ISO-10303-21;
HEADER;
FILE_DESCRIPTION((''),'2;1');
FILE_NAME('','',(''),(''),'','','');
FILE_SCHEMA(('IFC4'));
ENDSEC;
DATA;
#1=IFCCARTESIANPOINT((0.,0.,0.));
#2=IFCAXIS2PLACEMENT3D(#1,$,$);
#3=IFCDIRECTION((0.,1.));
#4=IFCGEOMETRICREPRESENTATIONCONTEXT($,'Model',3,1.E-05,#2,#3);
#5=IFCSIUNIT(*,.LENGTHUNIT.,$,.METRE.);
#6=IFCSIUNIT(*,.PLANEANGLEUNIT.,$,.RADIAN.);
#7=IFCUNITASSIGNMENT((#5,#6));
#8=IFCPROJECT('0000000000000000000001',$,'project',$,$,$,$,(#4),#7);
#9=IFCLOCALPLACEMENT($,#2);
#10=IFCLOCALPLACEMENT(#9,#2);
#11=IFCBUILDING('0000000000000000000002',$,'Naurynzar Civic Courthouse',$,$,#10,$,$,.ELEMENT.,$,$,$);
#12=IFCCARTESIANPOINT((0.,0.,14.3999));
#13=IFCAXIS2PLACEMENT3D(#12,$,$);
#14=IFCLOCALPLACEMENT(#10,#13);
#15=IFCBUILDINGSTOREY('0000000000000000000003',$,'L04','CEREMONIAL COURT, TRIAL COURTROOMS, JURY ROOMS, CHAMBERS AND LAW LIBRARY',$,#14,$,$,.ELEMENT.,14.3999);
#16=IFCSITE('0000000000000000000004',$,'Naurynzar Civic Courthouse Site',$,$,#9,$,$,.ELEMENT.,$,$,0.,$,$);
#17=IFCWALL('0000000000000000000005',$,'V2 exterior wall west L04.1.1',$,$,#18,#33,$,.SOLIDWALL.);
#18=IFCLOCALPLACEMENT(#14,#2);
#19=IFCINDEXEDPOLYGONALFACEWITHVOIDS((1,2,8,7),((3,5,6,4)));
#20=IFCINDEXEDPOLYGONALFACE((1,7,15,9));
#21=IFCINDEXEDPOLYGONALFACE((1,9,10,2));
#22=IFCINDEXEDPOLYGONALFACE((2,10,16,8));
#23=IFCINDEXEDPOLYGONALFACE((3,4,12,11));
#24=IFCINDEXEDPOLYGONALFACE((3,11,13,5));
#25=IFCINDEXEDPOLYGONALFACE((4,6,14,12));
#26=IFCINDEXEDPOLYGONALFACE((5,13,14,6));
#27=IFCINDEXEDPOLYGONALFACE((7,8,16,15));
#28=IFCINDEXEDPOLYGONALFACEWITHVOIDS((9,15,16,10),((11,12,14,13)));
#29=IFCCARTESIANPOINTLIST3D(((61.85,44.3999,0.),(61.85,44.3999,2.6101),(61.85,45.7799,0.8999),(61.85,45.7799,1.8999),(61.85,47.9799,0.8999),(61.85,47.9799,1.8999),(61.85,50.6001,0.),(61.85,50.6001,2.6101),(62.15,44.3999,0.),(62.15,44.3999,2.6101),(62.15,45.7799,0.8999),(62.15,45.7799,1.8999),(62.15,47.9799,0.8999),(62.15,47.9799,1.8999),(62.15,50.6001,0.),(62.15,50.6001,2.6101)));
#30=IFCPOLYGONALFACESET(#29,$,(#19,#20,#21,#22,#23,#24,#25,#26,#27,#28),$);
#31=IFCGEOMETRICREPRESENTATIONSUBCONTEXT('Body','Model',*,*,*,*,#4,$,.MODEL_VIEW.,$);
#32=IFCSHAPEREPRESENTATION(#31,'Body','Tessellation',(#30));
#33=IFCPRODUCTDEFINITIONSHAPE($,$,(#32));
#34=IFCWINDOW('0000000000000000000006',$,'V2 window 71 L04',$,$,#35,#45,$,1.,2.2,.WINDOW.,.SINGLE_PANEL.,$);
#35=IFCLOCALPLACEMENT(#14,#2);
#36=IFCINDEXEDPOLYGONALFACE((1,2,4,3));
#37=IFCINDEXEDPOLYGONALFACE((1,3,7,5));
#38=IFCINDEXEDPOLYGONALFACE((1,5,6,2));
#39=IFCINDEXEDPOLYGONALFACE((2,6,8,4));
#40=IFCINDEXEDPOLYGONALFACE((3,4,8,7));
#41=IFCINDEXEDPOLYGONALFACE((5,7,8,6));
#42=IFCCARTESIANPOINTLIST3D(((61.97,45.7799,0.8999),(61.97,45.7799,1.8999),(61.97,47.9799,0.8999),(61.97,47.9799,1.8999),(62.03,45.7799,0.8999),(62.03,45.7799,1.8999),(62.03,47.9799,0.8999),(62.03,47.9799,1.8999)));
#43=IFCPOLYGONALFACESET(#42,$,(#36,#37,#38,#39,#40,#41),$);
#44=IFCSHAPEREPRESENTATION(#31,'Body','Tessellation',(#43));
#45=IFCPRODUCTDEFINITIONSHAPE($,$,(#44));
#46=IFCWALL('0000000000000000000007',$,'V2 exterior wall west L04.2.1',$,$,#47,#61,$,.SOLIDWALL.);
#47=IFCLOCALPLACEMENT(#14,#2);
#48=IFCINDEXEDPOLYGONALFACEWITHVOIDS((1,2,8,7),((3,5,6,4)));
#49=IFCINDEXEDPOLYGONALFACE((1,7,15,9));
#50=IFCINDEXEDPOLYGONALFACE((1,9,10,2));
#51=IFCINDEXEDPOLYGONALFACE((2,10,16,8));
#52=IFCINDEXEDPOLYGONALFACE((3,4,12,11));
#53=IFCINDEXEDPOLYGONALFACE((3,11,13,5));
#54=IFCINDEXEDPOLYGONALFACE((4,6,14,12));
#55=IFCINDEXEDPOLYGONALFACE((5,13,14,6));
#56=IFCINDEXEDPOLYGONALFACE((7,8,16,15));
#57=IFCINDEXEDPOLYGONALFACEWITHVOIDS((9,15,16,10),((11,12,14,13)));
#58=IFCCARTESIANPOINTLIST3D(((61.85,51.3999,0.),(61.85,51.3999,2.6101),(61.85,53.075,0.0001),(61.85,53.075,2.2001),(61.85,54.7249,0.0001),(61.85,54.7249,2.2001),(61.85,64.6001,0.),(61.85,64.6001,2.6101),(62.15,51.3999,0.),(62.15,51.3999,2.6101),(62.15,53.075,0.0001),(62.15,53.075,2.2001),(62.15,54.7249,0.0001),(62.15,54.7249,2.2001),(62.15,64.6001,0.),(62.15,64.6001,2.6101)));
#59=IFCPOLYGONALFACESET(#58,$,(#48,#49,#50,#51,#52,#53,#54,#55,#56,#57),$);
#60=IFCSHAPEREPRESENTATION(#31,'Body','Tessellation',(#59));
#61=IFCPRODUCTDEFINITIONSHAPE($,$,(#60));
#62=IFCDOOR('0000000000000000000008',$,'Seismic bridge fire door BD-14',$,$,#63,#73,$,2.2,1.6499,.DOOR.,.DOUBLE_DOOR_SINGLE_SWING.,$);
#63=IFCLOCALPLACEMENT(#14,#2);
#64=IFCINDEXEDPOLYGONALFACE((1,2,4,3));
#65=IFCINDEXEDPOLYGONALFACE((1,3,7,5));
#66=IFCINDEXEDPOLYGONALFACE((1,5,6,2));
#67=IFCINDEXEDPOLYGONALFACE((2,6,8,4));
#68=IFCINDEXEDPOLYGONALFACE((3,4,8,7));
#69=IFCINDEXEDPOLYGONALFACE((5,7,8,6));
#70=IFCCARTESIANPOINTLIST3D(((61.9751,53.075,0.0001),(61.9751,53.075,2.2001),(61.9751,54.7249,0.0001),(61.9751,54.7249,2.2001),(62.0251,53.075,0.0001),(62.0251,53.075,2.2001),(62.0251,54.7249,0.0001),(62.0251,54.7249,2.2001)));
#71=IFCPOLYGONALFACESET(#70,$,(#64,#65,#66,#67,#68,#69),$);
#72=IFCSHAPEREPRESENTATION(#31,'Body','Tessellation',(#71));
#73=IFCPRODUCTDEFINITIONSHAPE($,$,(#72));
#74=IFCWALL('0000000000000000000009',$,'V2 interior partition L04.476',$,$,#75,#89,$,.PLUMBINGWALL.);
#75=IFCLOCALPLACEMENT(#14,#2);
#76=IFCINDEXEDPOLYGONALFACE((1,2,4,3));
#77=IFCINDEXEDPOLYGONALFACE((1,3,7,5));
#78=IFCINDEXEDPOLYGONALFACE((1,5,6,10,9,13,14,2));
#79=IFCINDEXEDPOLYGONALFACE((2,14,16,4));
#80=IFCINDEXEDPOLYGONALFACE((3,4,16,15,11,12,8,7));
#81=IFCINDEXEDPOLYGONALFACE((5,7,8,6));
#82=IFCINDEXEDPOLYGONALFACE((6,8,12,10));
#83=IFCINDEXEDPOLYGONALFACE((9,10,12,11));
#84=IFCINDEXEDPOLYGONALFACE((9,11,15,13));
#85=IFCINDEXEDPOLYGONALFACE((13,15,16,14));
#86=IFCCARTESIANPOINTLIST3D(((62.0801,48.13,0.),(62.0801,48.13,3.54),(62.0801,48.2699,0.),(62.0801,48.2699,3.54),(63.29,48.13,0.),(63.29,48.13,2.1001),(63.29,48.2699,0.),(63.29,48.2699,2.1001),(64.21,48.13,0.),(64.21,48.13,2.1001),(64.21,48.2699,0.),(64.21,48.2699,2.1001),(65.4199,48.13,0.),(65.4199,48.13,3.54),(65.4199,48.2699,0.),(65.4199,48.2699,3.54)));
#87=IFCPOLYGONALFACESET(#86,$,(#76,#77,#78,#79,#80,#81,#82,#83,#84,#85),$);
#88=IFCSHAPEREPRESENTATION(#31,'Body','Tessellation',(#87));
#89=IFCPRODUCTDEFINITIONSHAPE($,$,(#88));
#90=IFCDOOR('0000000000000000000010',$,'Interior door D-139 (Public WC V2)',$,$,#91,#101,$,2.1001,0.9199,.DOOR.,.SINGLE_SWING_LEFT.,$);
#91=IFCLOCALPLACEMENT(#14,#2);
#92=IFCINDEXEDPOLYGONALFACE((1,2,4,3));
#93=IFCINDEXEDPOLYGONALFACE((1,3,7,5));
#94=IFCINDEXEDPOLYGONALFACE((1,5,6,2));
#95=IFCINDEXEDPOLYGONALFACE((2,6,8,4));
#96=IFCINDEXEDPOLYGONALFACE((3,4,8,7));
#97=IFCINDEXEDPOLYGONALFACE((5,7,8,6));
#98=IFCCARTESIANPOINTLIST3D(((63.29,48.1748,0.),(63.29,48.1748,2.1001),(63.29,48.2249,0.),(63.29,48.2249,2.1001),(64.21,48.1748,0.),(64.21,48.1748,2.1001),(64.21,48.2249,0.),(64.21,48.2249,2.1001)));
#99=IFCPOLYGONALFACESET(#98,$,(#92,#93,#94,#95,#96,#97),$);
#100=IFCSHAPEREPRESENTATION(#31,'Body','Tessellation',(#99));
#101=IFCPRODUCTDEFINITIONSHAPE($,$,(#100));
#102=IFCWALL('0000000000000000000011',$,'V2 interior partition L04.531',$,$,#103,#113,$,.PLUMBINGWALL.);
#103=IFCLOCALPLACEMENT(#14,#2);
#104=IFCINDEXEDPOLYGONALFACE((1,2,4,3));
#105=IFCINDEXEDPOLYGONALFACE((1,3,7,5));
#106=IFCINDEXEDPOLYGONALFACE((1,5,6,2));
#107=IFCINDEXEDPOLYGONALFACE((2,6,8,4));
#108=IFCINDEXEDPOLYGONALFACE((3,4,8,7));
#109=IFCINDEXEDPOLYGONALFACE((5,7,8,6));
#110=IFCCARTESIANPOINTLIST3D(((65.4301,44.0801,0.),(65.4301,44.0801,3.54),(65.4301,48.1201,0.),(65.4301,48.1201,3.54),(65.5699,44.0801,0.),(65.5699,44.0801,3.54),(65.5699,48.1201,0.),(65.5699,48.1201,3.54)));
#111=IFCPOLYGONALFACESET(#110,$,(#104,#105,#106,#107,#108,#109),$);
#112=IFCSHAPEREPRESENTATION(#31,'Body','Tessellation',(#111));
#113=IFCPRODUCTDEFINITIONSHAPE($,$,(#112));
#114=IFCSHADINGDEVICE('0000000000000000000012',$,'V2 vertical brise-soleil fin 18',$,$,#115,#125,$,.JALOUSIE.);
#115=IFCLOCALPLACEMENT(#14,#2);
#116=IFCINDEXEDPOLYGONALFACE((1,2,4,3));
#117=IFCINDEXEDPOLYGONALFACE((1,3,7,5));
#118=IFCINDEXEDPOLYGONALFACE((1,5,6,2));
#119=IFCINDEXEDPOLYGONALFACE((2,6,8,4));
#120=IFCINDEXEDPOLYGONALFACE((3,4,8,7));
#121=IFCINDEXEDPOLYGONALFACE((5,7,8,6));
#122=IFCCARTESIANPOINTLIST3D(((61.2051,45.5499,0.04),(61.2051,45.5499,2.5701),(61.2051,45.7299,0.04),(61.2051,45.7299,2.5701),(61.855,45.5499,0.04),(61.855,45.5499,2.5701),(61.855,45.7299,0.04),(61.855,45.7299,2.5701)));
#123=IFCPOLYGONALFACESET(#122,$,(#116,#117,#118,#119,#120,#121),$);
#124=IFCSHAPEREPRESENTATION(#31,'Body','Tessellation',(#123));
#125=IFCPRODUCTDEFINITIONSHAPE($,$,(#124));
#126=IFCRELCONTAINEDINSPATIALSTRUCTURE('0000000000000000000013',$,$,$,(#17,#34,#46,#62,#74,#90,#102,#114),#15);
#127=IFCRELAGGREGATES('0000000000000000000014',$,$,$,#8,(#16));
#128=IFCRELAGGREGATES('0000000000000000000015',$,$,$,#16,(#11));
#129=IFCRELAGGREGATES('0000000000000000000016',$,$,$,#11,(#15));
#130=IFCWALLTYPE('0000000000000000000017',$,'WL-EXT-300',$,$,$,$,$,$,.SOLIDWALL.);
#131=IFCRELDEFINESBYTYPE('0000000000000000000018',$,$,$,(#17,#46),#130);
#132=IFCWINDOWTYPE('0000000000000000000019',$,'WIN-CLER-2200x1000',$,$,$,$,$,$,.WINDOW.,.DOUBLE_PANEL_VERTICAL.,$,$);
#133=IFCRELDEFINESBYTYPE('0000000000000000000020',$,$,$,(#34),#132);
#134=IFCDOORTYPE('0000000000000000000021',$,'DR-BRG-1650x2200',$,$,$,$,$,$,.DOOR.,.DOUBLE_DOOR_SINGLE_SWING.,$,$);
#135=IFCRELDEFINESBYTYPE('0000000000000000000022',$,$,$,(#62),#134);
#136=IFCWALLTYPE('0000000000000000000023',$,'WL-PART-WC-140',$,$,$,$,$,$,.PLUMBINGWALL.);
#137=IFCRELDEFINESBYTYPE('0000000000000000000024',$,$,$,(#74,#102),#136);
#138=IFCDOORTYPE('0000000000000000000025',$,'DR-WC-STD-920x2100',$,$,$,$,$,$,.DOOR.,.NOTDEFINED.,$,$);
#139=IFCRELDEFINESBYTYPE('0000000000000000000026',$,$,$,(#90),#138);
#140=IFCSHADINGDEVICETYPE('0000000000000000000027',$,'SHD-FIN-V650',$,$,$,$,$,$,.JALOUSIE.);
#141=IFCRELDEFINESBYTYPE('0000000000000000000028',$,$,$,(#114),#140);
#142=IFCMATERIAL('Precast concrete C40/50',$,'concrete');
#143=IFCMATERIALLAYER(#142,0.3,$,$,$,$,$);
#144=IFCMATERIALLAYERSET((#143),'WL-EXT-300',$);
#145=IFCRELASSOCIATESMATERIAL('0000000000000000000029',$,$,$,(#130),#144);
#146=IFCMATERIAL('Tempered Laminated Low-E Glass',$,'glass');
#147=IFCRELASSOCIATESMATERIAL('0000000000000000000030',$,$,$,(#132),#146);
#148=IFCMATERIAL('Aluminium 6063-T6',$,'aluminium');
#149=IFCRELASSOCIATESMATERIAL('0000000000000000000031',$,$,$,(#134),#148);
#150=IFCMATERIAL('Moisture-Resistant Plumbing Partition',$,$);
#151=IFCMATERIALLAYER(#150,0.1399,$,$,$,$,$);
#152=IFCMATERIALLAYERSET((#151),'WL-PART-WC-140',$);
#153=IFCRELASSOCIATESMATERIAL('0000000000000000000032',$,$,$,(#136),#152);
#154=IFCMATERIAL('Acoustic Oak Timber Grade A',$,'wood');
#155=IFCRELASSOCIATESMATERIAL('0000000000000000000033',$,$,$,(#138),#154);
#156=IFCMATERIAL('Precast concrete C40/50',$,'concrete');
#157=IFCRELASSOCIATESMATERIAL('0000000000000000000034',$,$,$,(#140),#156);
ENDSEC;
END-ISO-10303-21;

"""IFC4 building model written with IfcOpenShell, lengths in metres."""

from ifc_helpers import new_model, si_unit, direction, frame, frame_2d, origin, origin_2d, place, context, subcontext, project, spatial, rectangle, extrude, material, layer, layer_set, type_object, element, fill, save


model = new_model("IFC4")

# Units and contexts
model_context = context("Model", 3, precision=1e-05, world=origin(), true_north=direction((0.0, 1.0)))
body_context = subcontext(model_context, "Body", "Model", "MODEL_VIEW")
ifc_project = project(units=[si_unit("LENGTHUNIT", "METRE"), si_unit("PLANEANGLEUNIT", "RADIAN")], contexts=[model_context])

# Site, building, storey
site_placement = place(None, origin())
site = spatial("IfcSite", under=ifc_project, at=site_placement, Name="Naurynzar Civic Courthouse Site", CompositionType="ELEMENT", RefElevation=0.0)
building_placement = place(site_placement, origin())
building = spatial("IfcBuilding", under=site, at=building_placement, Name="Naurynzar Civic Courthouse", CompositionType="ELEMENT")
storey_placement = place(building_placement, frame((0.0, 0.0, 14.3999)))
storey = spatial("IfcBuildingStorey", under=building, at=storey_placement, Name="L04", Description="CEREMONIAL COURT, TRIAL COURTROOMS, JURY ROOMS, CHAMBERS AND LAW LIBRARY", CompositionType="ELEMENT", Elevation=14.3999)

# Wall, opening, window
ifc_material_1 = material(Name="Precast concrete C40/50", Category="concrete")
ifc_layer_1 = layer(ifc_material_1, 0.3)
ifc_layer_set_1 = layer_set([ifc_layer_1], Name="WL-EXT-300")
wall_type_1 = type_object("IfcWallType", Name="WL-EXT-300", PredefinedType="SOLIDWALL", material=ifc_layer_set_1)
wall_1_placement = place(storey_placement, frame((62.0, 44.3999, 0.0), z_axis=(0.0, 0.0, 1.0), x_axis=(0.0, 1.0, 0.0)))
wall_1 = element("IfcWall", 1, at=wall_1_placement, inside=storey, type_object=wall_type_1, Name="V2 exterior wall west L04.1.1", PredefinedType="SOLIDWALL", context=body_context, shape_type="SweptSolid", body=[
    extrude(rectangle(XDim=6.2002, YDim=0.3, at=frame_2d((3.1001, 0.0))), origin(), (0.0, 0.0, 1.0), 2.6101),
])
opening_1_placement = place(wall_1_placement, frame((1.3799, 0.0, 0.8999)))
opening_1 = element("IfcOpeningElement", 2, at=opening_1_placement, cuts=wall_1, PredefinedType="OPENING", context=body_context, shape_type="SweptSolid", body=[
    extrude(rectangle(XDim=2.2, YDim=1.0, at=frame_2d((1.1001, 0.5))), frame((0.0, 0.1599, 0.0), z_axis=(0.0, -1.0, 0.0), x_axis=(1.0, 0.0, 0.0)), (0.0, 0.0, 1.0), 0.3201),
])
ifc_material_2 = material(Name="Tempered Laminated Low-E Glass", Category="glass")
window_type = type_object("IfcWindowType", Name="WIN-CLER-2200x1000", PartitioningType="DOUBLE_PANEL_VERTICAL", PredefinedType="WINDOW", material=ifc_material_2)
window_placement = place(opening_1_placement, origin())
window = element("IfcWindow", 3, at=window_placement, inside=storey, type_object=window_type, Name="V2 window 71 L04", OverallHeight=1.0, OverallWidth=2.2, PartitioningType="SINGLE_PANEL", PredefinedType="WINDOW", context=body_context, shape_type="SweptSolid", body=[
    extrude(rectangle(XDim=2.2, YDim=1.0, at=frame_2d((1.1001, 0.5))), frame((0.0, 0.03, 0.0), z_axis=(0.0, -1.0, 0.0), x_axis=(1.0, 0.0, 0.0)), (0.0, 0.0, 1.0), 0.0601),
])
fill(opening_1, window)

# Walls, openings, doors
wall_2_placement = place(storey_placement, frame((62.0, 51.3999, 0.0), z_axis=(0.0, 0.0, 1.0), x_axis=(0.0, 1.0, 0.0)))
wall_2 = element("IfcWall", 4, at=wall_2_placement, inside=storey, type_object=wall_type_1, Name="V2 exterior wall west L04.2.1", PredefinedType="SOLIDWALL", context=body_context, shape_type="SweptSolid", body=[
    extrude(rectangle(XDim=13.2002, YDim=0.3, at=frame_2d((6.6001, 0.0))), origin(), (0.0, 0.0, 1.0), 2.6101),
])
opening_2_placement = place(wall_2_placement, frame((1.675, 0.0, 0.0)))
opening_2 = element("IfcOpeningElement", 5, at=opening_2_placement, cuts=wall_2, PredefinedType="OPENING", context=body_context, shape_type="SweptSolid", body=[
    extrude(rectangle(XDim=1.6499, YDim=2.2, at=frame_2d((0.825, 1.1001))), frame((0.0, 0.1599, 0.0), z_axis=(0.0, -1.0, 0.0), x_axis=(1.0, 0.0, 0.0)), (0.0, 0.0, 1.0), 0.3201),
])
ifc_material_3 = material(Name="Aluminium 6063-T6", Category="aluminium")
door_type_1 = type_object("IfcDoorType", Name="DR-BRG-1650x2200", OperationType="DOUBLE_DOOR_SINGLE_SWING", PredefinedType="DOOR", material=ifc_material_3)
door_1_placement = place(opening_2_placement, origin())
door_1 = element("IfcDoor", 6, at=door_1_placement, inside=storey, type_object=door_type_1, Name="Seismic bridge fire door BD-14", OperationType="DOUBLE_DOOR_SINGLE_SWING", OverallHeight=2.2, OverallWidth=1.6499, PredefinedType="DOOR", context=body_context, shape_type="SweptSolid", body=[
    extrude(rectangle(XDim=1.6499, YDim=2.2, at=frame_2d((0.825, 1.1001))), frame((0.0, 0.0249, 0.0), z_axis=(0.0, -1.0, 0.0), x_axis=(1.0, 0.0, 0.0)), (0.0, 0.0, 1.0), 0.05),
])
fill(opening_2, door_1)
ifc_material_4 = material(Name="Moisture-Resistant Plumbing Partition")
ifc_layer_2 = layer(ifc_material_4, 0.1399)
ifc_layer_set_2 = layer_set([ifc_layer_2], Name="WL-PART-WC-140")
wall_type_2 = type_object("IfcWallType", Name="WL-PART-WC-140", PredefinedType="PLUMBINGWALL", material=ifc_layer_set_2)
wall_3_placement = place(storey_placement, frame((62.0801, 48.2, 0.0), z_axis=(0.0, 0.0, 1.0), x_axis=(1.0, 0.0, 0.0)))
wall_3 = element("IfcWall", 7, at=wall_3_placement, inside=storey, type_object=wall_type_2, Name="V2 interior partition L04.476", PredefinedType="PLUMBINGWALL", context=body_context, shape_type="SweptSolid", body=[
    extrude(rectangle(XDim=3.3398, YDim=0.1399, at=frame_2d((1.6699, 0.0))), origin(), (0.0, 0.0, 1.0), 3.54),
])
opening_3_placement = place(wall_3_placement, frame((1.21, 0.0, 0.0)))
opening_3 = element("IfcOpeningElement", 8, at=opening_3_placement, cuts=wall_3, PredefinedType="OPENING", context=body_context, shape_type="SweptSolid", body=[
    extrude(rectangle(XDim=0.9199, YDim=2.1001, at=frame_2d((0.46, 1.05))), frame((0.0, 0.0798, 0.0), z_axis=(0.0, -1.0, 0.0), x_axis=(1.0, 0.0, 0.0)), (0.0, 0.0, 1.0), 0.1599),
])
ifc_material_5 = material(Name="Acoustic Oak Timber Grade A", Category="wood")
door_type_2 = type_object("IfcDoorType", Name="DR-WC-STD-920x2100", OperationType="NOTDEFINED", PredefinedType="DOOR", material=ifc_material_5)
door_2_placement = place(opening_3_placement, origin())
door_2 = element("IfcDoor", 9, at=door_2_placement, inside=storey, type_object=door_type_2, Name="Interior door D-139 (Public WC V2)", OperationType="SINGLE_SWING_LEFT", OverallHeight=2.1001, OverallWidth=0.9199, PredefinedType="DOOR", context=body_context, shape_type="SweptSolid", body=[
    extrude(rectangle(XDim=0.9199, YDim=2.1001, at=frame_2d((0.46, 1.05))), frame((0.0, 0.0249, 0.0), z_axis=(0.0, -1.0, 0.0), x_axis=(1.0, 0.0, 0.0)), (0.0, 0.0, 1.0), 0.05),
])
fill(opening_3, door_2)

# Wall
wall_4_placement = place(storey_placement, frame((65.5, 44.0801, 0.0), z_axis=(0.0, 0.0, 1.0), x_axis=(0.0, 1.0, 0.0)))
element("IfcWall", 10, at=wall_4_placement, inside=storey, type_object=wall_type_2, Name="V2 interior partition L04.531", PredefinedType="PLUMBINGWALL", context=body_context, shape_type="SweptSolid", body=[
    extrude(rectangle(XDim=4.04, YDim=0.1399, at=frame_2d((2.02, 0.0))), origin(), (0.0, 0.0, 1.0), 3.54),
])

# Shading device
ifc_material_6 = material(Name="Precast concrete C40/50", Category="concrete")
shading_device_type = type_object("IfcShadingDeviceType", Name="SHD-FIN-V650", PredefinedType="JALOUSIE", material=ifc_material_6)
shading_device_placement = place(storey_placement, frame((61.53, 45.6399, 0.04), z_axis=(0.0, 0.0, 1.0), x_axis=(0.0, 1.0, 0.0)))
element("IfcShadingDevice", 11, at=shading_device_placement, inside=storey, type_object=shading_device_type, Name="V2 vertical brise-soleil fin 18", PredefinedType="JALOUSIE", context=body_context, shape_type="SweptSolid", body=[
    extrude(rectangle(XDim=0.1799, YDim=0.6499, at=origin_2d()), origin(), (0.0, 0.0, 1.0), 2.53),
])

save(model, "model.ifc")
